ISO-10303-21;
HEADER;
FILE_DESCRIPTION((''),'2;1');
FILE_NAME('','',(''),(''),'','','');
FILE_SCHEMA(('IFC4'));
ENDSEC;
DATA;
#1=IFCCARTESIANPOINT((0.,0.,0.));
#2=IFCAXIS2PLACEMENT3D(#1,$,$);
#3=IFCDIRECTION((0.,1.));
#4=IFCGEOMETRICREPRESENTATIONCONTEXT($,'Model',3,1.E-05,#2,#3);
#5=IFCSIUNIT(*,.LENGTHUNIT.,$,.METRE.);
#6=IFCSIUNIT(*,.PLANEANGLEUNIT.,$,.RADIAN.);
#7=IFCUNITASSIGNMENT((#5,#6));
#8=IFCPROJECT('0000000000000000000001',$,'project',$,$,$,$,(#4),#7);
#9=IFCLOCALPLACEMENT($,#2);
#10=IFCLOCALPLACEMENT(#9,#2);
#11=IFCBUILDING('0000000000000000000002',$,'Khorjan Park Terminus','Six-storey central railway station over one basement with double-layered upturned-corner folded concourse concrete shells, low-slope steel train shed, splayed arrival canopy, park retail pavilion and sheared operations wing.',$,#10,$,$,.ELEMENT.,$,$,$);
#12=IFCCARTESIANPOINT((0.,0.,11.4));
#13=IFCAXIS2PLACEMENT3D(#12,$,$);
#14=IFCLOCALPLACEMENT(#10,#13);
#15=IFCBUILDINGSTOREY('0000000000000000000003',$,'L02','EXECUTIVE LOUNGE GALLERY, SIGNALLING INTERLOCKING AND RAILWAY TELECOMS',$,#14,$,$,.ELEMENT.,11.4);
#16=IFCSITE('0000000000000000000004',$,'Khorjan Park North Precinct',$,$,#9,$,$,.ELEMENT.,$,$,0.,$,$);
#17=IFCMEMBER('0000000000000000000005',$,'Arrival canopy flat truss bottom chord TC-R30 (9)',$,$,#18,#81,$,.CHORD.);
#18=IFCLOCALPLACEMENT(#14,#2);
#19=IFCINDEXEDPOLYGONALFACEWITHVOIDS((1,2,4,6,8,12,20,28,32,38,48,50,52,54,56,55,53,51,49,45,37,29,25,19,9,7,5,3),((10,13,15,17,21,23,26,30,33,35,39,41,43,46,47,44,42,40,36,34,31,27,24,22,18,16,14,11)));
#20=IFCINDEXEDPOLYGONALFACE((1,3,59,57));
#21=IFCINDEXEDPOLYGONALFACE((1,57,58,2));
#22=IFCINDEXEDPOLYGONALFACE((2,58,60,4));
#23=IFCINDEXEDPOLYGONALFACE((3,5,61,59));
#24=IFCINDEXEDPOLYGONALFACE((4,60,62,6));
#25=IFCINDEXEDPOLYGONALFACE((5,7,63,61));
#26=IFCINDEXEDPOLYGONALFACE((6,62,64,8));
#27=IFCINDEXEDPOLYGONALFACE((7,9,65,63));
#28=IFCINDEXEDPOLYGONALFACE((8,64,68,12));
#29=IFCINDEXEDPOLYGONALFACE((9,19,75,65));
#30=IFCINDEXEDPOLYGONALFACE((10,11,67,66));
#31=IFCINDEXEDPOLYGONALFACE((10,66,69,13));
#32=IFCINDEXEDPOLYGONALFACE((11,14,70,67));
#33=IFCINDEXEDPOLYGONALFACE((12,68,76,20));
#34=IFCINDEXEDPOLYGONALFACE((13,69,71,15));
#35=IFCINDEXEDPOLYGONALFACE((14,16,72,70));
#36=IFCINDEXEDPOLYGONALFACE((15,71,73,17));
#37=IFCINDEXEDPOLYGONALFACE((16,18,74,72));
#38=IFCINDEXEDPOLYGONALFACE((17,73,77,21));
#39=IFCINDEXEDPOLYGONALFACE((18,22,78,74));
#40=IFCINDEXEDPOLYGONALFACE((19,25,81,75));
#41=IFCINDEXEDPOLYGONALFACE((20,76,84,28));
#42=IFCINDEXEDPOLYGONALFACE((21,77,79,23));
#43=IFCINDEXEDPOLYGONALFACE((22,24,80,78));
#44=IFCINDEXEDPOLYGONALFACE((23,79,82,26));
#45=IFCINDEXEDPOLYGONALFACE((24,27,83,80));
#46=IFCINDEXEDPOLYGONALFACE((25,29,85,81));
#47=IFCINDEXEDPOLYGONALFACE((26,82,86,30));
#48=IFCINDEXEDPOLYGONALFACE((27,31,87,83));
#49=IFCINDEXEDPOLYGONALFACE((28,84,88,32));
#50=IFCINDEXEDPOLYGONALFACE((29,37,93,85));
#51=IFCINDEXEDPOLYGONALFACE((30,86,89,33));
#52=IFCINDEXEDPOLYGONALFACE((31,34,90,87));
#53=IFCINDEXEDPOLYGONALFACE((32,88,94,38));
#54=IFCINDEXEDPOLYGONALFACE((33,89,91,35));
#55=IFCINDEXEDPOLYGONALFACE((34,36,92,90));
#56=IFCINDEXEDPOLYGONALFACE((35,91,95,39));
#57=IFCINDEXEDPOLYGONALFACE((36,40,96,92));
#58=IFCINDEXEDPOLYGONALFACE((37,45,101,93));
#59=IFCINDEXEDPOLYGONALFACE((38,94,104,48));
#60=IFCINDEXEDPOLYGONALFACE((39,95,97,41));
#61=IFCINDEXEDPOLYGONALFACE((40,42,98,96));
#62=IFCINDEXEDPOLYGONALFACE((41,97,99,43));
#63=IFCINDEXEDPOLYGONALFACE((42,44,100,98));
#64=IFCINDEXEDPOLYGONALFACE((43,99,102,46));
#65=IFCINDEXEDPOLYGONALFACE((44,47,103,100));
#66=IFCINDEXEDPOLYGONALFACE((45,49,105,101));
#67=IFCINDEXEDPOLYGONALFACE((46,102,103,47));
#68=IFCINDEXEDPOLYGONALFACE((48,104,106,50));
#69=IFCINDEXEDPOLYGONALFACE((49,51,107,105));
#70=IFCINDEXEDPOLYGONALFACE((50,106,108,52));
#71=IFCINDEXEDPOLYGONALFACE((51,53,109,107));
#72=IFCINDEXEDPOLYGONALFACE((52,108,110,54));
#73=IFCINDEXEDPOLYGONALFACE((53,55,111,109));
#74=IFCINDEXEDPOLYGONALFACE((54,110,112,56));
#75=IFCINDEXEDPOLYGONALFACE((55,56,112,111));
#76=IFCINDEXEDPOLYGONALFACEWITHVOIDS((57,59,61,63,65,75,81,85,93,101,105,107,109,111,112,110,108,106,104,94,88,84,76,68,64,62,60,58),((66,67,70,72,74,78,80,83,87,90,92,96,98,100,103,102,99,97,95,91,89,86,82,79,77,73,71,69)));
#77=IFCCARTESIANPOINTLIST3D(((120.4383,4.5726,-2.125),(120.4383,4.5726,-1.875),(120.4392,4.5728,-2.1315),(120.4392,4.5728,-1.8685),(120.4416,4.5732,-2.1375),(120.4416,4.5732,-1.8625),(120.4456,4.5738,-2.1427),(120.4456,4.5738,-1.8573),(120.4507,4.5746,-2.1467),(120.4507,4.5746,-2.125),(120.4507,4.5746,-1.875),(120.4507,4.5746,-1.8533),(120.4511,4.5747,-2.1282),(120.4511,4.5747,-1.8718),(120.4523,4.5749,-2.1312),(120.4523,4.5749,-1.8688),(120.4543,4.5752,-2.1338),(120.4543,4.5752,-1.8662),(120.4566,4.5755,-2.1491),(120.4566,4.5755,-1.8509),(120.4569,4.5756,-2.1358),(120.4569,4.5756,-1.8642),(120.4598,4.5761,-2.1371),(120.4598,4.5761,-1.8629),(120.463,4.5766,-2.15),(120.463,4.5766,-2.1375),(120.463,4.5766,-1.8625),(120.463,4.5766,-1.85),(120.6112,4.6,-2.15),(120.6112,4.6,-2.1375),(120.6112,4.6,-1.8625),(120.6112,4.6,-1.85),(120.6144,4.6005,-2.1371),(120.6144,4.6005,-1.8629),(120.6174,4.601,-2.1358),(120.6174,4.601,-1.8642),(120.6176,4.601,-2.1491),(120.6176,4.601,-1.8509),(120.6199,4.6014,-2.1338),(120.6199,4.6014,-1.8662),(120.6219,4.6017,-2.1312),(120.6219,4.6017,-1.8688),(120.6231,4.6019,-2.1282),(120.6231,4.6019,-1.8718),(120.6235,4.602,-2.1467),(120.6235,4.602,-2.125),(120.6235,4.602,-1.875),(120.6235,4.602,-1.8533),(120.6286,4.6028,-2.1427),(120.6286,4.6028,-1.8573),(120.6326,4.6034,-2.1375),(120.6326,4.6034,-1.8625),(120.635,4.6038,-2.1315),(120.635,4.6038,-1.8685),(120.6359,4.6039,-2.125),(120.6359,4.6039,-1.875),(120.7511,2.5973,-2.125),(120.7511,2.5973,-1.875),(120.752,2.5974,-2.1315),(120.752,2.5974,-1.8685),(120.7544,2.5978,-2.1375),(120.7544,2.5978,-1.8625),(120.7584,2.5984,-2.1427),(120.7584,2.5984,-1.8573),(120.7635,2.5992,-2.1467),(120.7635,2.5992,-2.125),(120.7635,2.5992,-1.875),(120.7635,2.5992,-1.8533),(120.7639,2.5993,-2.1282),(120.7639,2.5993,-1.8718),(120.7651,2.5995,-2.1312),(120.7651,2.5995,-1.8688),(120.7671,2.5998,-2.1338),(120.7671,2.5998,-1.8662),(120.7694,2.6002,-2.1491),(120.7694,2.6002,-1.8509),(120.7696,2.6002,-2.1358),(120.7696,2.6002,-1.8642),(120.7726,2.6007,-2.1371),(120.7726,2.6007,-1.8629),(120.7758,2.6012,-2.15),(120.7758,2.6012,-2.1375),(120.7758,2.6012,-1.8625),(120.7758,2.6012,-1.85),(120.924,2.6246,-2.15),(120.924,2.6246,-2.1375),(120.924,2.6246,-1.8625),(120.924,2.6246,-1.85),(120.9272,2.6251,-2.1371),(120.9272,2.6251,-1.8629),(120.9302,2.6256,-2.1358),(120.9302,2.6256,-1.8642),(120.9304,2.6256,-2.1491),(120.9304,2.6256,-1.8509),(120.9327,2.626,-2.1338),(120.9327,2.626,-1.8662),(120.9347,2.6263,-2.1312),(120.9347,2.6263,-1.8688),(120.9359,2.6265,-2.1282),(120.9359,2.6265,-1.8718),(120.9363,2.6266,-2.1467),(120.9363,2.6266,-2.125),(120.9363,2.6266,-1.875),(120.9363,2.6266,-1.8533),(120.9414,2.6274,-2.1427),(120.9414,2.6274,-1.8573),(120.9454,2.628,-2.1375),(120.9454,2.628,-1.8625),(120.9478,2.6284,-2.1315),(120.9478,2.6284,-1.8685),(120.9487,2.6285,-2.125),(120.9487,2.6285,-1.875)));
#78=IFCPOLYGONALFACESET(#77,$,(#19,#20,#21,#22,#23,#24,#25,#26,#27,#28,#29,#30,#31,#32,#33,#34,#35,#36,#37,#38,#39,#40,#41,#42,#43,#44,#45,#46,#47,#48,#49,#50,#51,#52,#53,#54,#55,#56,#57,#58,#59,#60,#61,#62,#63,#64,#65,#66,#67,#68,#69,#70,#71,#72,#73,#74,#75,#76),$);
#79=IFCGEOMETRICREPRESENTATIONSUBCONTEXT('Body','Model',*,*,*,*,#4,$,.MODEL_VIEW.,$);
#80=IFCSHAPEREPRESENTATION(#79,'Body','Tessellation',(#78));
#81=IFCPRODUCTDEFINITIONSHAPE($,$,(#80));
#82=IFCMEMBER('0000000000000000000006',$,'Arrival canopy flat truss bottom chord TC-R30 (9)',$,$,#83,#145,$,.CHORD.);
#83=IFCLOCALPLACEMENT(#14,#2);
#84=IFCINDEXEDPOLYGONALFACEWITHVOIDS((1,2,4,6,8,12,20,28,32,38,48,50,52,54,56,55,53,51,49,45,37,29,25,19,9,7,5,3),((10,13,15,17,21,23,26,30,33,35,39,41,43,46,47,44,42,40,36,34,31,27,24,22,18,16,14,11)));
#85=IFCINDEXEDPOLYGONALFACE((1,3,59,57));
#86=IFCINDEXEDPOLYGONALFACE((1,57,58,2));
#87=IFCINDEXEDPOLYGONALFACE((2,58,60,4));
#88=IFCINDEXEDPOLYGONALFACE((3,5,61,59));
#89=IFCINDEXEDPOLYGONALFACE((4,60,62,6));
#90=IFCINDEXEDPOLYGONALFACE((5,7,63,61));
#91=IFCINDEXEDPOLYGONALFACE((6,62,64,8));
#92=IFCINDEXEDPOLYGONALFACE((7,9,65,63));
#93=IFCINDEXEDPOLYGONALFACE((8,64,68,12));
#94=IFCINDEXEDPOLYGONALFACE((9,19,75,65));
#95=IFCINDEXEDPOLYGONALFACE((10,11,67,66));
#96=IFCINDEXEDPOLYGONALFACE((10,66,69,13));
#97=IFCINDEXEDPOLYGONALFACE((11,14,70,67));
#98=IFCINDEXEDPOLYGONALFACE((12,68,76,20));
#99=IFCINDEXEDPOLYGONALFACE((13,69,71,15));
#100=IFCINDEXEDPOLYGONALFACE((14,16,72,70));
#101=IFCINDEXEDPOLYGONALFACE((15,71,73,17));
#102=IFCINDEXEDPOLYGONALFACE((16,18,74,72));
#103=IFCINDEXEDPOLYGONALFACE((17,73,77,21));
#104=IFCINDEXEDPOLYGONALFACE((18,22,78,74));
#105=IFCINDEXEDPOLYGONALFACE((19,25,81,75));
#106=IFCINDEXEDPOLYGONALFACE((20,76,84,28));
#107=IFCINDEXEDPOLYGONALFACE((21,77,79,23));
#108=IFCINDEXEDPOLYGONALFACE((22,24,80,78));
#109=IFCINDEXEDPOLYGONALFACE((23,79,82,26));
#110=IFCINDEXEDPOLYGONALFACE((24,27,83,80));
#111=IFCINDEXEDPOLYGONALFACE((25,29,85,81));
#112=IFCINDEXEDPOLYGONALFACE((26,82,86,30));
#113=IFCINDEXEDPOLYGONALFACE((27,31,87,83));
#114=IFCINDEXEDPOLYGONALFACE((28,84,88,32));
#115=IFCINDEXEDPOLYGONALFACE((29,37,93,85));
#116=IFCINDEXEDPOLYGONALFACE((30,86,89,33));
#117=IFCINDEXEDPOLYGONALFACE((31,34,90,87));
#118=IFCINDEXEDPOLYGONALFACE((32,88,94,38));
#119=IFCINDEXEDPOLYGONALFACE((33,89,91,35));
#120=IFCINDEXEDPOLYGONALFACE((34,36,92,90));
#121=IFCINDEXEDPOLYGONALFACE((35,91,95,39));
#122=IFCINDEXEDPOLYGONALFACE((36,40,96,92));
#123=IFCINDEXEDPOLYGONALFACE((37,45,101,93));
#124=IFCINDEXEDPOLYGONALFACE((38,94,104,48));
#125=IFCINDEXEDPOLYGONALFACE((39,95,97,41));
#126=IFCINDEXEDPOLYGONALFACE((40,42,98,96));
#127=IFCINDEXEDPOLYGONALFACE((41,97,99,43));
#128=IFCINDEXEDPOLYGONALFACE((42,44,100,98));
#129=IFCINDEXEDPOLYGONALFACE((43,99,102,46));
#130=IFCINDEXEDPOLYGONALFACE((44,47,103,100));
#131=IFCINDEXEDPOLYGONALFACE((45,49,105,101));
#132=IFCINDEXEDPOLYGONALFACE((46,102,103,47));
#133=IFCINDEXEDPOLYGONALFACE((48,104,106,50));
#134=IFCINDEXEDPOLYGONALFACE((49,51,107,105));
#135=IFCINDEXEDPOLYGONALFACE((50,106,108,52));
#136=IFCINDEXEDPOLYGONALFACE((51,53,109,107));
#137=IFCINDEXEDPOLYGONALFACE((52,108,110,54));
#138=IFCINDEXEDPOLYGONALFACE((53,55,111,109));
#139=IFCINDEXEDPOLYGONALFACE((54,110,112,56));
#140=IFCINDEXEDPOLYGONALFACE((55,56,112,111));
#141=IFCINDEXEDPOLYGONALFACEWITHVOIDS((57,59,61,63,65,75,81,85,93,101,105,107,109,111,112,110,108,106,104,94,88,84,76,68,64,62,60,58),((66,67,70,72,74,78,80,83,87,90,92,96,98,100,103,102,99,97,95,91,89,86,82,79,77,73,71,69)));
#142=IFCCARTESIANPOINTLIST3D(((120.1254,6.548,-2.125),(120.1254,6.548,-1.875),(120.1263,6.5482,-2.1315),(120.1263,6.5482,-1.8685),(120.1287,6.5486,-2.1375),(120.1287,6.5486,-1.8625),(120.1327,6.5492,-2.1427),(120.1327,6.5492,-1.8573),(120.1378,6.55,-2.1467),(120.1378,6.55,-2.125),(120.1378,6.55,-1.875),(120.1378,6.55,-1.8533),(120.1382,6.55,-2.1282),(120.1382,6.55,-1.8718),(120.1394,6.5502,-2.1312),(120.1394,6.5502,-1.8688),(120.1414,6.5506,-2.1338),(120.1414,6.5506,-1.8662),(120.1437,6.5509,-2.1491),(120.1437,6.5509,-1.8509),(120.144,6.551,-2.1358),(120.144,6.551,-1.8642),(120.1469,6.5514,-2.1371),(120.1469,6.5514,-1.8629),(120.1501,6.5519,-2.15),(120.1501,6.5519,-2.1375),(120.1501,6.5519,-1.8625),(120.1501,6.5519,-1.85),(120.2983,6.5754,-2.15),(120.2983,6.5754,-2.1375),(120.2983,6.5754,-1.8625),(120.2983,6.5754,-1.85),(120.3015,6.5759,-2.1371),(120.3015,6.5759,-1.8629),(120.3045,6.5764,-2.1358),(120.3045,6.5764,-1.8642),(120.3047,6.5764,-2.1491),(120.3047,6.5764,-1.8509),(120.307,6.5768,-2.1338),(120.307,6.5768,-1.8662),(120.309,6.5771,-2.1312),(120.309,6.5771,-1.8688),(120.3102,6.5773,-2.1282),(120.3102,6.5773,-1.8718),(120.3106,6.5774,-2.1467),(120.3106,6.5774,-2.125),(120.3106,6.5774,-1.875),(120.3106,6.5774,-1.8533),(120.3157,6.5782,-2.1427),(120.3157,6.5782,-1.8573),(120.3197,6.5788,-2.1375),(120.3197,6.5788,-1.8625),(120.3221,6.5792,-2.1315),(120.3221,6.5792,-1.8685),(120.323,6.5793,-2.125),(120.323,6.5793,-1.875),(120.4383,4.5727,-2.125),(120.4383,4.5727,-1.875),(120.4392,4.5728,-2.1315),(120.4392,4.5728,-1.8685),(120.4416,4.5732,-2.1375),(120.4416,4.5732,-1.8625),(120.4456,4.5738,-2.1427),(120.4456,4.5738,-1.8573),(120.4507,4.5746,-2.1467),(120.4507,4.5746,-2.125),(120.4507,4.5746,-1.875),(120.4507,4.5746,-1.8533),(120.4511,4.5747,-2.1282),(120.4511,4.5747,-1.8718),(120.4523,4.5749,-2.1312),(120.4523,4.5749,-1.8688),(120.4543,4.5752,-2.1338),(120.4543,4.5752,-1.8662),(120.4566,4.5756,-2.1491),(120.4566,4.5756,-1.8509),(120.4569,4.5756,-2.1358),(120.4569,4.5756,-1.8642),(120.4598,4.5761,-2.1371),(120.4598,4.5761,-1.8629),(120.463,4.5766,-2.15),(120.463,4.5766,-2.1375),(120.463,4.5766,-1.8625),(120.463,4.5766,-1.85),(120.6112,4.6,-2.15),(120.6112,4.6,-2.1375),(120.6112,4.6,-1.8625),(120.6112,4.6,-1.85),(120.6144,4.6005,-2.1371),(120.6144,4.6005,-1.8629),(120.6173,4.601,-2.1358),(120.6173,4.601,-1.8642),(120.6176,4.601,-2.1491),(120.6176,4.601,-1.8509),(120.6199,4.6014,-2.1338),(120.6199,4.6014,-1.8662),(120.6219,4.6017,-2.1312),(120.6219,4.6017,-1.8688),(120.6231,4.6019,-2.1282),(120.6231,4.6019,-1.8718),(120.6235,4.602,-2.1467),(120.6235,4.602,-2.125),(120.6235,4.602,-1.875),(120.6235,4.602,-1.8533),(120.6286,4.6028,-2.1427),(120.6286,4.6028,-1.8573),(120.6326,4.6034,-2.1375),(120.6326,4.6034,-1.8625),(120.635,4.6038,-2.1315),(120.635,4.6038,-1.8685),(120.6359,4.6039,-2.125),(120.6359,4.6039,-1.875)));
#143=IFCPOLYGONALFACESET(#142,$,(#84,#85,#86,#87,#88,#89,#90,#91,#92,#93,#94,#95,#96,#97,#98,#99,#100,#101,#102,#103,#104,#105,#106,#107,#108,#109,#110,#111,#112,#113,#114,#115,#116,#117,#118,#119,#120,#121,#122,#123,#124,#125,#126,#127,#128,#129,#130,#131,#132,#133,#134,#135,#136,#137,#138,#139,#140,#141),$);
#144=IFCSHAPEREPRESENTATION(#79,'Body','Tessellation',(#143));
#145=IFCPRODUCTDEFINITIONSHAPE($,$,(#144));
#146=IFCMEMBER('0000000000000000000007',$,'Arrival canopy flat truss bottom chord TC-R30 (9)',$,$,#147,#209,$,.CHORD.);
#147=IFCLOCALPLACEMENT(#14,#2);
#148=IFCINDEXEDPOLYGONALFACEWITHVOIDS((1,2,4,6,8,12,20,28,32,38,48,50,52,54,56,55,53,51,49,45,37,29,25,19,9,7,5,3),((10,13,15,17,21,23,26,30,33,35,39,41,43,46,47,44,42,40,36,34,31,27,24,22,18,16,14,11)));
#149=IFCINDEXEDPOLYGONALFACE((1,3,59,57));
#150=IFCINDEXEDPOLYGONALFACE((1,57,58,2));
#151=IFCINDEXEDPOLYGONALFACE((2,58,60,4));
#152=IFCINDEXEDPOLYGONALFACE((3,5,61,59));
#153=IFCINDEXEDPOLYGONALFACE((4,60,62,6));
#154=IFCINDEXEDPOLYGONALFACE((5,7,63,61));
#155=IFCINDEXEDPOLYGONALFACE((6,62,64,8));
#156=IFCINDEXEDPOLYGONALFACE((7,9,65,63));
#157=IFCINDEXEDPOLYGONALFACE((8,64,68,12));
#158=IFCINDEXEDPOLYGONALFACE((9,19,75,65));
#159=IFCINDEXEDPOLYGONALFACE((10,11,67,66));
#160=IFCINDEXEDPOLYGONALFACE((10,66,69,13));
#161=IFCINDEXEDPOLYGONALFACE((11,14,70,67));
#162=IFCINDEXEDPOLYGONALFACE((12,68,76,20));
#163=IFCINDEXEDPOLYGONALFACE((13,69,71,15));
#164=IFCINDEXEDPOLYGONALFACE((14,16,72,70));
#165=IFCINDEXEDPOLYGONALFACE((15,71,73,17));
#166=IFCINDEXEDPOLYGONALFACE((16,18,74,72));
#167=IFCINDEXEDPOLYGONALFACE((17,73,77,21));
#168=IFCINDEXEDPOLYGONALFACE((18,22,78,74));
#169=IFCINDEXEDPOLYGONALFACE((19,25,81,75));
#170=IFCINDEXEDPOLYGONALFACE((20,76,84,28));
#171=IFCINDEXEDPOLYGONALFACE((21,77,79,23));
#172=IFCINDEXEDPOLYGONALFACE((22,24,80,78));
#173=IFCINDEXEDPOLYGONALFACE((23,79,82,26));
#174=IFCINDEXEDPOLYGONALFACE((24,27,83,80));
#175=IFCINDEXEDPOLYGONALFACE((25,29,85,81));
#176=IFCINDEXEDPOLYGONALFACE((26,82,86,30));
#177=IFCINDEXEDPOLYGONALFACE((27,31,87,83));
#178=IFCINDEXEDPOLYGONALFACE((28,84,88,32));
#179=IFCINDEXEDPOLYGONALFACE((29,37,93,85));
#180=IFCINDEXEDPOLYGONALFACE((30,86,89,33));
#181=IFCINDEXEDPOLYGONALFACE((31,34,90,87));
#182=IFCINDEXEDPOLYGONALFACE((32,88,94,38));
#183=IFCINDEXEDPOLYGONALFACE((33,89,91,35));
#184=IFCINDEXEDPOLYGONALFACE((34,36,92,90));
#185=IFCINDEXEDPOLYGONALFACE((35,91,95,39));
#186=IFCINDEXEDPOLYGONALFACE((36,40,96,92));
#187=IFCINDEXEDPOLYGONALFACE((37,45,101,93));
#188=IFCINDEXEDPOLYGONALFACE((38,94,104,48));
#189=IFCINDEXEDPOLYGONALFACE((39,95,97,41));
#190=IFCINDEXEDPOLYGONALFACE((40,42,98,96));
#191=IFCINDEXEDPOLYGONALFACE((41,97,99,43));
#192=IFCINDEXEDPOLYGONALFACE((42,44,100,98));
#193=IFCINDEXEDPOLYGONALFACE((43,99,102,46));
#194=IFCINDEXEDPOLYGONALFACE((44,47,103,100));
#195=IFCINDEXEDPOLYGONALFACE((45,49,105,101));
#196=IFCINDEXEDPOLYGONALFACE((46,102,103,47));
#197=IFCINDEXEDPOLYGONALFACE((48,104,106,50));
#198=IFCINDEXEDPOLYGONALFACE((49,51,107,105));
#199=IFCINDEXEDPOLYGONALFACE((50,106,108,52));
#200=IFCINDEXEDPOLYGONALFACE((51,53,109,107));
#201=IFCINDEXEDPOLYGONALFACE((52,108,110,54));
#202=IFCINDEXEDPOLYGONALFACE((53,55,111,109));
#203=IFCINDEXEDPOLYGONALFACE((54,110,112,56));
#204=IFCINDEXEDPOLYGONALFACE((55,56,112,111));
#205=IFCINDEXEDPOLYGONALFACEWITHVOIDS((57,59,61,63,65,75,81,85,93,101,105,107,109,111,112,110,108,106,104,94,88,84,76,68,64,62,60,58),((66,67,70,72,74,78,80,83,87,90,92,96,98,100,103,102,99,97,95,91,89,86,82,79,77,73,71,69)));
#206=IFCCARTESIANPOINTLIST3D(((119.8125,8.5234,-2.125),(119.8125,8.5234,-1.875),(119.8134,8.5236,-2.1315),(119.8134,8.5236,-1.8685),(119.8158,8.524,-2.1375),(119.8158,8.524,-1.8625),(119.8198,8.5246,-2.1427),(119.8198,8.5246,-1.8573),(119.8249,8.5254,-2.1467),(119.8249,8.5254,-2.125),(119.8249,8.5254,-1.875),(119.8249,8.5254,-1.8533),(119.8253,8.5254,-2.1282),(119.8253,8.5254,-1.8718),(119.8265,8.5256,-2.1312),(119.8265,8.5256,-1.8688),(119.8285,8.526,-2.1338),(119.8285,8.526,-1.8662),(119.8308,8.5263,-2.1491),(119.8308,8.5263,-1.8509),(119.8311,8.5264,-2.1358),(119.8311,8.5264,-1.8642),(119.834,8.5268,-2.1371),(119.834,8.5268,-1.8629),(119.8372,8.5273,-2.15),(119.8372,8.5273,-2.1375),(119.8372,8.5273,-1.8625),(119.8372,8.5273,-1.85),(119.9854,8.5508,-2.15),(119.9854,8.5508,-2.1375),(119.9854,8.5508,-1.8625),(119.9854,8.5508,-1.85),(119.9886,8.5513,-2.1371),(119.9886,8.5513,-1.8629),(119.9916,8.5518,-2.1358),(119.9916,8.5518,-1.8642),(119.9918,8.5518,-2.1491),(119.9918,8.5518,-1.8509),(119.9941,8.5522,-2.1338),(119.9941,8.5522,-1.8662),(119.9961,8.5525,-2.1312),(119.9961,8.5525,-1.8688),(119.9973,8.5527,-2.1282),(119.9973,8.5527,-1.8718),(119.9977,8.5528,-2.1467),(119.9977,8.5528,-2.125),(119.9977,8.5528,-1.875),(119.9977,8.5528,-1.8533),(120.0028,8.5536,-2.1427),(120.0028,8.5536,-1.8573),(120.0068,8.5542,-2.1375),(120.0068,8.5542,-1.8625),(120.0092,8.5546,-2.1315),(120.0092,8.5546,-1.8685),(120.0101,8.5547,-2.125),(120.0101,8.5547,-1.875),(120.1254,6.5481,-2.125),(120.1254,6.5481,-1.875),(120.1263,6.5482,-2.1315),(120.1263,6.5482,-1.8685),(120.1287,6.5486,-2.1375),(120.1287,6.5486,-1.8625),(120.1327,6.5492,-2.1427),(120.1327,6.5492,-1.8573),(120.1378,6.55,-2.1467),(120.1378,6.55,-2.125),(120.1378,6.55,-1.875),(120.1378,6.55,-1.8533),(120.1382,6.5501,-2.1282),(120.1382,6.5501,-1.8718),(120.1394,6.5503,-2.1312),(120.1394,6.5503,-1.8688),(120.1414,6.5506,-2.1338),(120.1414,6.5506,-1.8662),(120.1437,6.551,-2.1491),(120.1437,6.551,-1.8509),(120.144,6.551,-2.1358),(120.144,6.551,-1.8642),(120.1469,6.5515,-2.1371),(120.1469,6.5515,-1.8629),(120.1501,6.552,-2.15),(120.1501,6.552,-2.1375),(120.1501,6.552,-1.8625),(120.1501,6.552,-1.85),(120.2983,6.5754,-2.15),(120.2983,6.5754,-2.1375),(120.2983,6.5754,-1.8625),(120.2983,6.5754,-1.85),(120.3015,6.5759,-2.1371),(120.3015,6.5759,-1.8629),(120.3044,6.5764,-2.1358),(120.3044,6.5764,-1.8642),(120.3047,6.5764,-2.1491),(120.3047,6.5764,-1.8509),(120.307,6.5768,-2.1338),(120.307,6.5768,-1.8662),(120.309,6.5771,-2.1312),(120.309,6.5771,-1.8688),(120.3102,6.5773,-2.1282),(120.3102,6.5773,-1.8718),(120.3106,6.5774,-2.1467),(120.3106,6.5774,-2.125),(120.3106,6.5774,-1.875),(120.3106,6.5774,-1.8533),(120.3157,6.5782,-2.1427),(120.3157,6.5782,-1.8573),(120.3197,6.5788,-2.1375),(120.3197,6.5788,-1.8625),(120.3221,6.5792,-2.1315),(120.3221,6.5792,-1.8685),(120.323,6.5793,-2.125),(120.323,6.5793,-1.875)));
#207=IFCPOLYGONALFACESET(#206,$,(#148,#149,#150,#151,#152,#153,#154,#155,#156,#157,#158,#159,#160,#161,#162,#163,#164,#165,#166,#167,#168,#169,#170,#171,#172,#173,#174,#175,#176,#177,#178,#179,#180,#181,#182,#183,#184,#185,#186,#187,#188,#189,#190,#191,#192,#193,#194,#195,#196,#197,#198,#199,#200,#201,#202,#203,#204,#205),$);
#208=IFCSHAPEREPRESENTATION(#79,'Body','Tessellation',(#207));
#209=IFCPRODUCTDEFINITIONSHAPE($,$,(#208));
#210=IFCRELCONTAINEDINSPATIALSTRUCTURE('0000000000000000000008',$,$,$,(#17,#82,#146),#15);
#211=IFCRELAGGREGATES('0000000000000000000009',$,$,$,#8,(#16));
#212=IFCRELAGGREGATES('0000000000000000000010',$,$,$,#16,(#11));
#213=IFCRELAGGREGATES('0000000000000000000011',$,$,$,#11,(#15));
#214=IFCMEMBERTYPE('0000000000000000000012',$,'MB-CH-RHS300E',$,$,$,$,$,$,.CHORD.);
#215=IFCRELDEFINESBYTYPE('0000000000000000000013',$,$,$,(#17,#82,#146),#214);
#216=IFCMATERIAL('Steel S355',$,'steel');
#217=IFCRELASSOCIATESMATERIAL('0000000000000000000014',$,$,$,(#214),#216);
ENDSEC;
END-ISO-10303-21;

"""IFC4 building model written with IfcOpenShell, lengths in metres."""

from ifc_helpers import new_model, si_unit, direction, frame, origin, origin_2d, place, context, subcontext, project, spatial, hollow_rectangle, extrude, material, material_profile, profile_set, type_object, element, save


model = new_model("IFC4")

# Units and contexts
model_context = context("Model", 3, precision=1e-05, world=origin(), true_north=direction((0.0, 1.0)))
body_context = subcontext(model_context, "Body", "Model", "MODEL_VIEW")
ifc_project = project(units=[si_unit("LENGTHUNIT", "METRE"), si_unit("PLANEANGLEUNIT", "RADIAN")], contexts=[model_context])

# Site, building, storey
site_placement = place(None, origin())
site = spatial("IfcSite", under=ifc_project, at=site_placement, Name="Khorjan Park North Precinct", CompositionType="ELEMENT", RefElevation=0.0)
building_placement = place(site_placement, origin())
building = spatial("IfcBuilding", under=site, at=building_placement, Name="Khorjan Park Terminus", Description="Six-storey central railway station over one basement with double-layered upturned-corner folded concourse concrete shells, low-slope steel train shed, splayed arrival canopy, park retail pavilion and sheared operations wing.", CompositionType="ELEMENT")
storey_placement = place(building_placement, frame((0.0, 0.0, 11.4)))
storey = spatial("IfcBuildingStorey", under=building, at=storey_placement, Name="L02", Description="EXECUTIVE LOUNGE GALLERY, SIGNALLING INTERLOCKING AND RAILWAY TELECOMS", CompositionType="ELEMENT", Elevation=11.4)

# Members
ifc_material = material(Name="Steel S355", Category="steel")
ifc_material_profile_1 = material_profile(ifc_material, hollow_rectangle(XDim=0.2, YDim=0.3, WallThickness=0.0125, InnerFilletRadius=0.0125, OuterFilletRadius=0.025, at=origin_2d()), Name="RHS 300x200x12.5")
ifc_profile_set_1 = profile_set([ifc_material_profile_1], Name="Steel S355")
member_type_1 = type_object("IfcMemberType", Name="MB-CH-RHS300E", PredefinedType="CHORD", material=ifc_profile_set_1)
for number, where, z_axis, x_axis, name in (
    (1, (120.8499, 2.6129, -2.0), (-0.156399, 0.987694, 0.0), (-0.987694, -0.156399, 0.0), "Arrival canopy flat truss bottom chord TC-R30 (9)"),
    (2, (120.5371, 4.5883, -2.0), (-0.156448, 0.987686, 0.0), (-0.987686, -0.156448, 0.0), "Arrival canopy flat truss bottom chord TC-R30 (9)"),
    (3, (120.2242, 6.5637, -2.0), (-0.156448, 0.987686, 0.0), (-0.987686, -0.156448, 0.0), "Arrival canopy flat truss bottom chord TC-R30 (9)"),
):
    element("IfcMember", number, at=place(storey_placement, frame(where, z_axis=z_axis, x_axis=x_axis)), inside=storey, type_object=member_type_1, Name=name, PredefinedType="CHORD", context=body_context, shape_type="SweptSolid", body=[
        extrude(hollow_rectangle(XDim=0.2, YDim=0.3, WallThickness=0.0125, InnerFilletRadius=0.0125, OuterFilletRadius=0.025, at=origin_2d()), origin(), (0.0, 0.0, 1.0), 2.0),
    ])

save(model, "model.ifc")
